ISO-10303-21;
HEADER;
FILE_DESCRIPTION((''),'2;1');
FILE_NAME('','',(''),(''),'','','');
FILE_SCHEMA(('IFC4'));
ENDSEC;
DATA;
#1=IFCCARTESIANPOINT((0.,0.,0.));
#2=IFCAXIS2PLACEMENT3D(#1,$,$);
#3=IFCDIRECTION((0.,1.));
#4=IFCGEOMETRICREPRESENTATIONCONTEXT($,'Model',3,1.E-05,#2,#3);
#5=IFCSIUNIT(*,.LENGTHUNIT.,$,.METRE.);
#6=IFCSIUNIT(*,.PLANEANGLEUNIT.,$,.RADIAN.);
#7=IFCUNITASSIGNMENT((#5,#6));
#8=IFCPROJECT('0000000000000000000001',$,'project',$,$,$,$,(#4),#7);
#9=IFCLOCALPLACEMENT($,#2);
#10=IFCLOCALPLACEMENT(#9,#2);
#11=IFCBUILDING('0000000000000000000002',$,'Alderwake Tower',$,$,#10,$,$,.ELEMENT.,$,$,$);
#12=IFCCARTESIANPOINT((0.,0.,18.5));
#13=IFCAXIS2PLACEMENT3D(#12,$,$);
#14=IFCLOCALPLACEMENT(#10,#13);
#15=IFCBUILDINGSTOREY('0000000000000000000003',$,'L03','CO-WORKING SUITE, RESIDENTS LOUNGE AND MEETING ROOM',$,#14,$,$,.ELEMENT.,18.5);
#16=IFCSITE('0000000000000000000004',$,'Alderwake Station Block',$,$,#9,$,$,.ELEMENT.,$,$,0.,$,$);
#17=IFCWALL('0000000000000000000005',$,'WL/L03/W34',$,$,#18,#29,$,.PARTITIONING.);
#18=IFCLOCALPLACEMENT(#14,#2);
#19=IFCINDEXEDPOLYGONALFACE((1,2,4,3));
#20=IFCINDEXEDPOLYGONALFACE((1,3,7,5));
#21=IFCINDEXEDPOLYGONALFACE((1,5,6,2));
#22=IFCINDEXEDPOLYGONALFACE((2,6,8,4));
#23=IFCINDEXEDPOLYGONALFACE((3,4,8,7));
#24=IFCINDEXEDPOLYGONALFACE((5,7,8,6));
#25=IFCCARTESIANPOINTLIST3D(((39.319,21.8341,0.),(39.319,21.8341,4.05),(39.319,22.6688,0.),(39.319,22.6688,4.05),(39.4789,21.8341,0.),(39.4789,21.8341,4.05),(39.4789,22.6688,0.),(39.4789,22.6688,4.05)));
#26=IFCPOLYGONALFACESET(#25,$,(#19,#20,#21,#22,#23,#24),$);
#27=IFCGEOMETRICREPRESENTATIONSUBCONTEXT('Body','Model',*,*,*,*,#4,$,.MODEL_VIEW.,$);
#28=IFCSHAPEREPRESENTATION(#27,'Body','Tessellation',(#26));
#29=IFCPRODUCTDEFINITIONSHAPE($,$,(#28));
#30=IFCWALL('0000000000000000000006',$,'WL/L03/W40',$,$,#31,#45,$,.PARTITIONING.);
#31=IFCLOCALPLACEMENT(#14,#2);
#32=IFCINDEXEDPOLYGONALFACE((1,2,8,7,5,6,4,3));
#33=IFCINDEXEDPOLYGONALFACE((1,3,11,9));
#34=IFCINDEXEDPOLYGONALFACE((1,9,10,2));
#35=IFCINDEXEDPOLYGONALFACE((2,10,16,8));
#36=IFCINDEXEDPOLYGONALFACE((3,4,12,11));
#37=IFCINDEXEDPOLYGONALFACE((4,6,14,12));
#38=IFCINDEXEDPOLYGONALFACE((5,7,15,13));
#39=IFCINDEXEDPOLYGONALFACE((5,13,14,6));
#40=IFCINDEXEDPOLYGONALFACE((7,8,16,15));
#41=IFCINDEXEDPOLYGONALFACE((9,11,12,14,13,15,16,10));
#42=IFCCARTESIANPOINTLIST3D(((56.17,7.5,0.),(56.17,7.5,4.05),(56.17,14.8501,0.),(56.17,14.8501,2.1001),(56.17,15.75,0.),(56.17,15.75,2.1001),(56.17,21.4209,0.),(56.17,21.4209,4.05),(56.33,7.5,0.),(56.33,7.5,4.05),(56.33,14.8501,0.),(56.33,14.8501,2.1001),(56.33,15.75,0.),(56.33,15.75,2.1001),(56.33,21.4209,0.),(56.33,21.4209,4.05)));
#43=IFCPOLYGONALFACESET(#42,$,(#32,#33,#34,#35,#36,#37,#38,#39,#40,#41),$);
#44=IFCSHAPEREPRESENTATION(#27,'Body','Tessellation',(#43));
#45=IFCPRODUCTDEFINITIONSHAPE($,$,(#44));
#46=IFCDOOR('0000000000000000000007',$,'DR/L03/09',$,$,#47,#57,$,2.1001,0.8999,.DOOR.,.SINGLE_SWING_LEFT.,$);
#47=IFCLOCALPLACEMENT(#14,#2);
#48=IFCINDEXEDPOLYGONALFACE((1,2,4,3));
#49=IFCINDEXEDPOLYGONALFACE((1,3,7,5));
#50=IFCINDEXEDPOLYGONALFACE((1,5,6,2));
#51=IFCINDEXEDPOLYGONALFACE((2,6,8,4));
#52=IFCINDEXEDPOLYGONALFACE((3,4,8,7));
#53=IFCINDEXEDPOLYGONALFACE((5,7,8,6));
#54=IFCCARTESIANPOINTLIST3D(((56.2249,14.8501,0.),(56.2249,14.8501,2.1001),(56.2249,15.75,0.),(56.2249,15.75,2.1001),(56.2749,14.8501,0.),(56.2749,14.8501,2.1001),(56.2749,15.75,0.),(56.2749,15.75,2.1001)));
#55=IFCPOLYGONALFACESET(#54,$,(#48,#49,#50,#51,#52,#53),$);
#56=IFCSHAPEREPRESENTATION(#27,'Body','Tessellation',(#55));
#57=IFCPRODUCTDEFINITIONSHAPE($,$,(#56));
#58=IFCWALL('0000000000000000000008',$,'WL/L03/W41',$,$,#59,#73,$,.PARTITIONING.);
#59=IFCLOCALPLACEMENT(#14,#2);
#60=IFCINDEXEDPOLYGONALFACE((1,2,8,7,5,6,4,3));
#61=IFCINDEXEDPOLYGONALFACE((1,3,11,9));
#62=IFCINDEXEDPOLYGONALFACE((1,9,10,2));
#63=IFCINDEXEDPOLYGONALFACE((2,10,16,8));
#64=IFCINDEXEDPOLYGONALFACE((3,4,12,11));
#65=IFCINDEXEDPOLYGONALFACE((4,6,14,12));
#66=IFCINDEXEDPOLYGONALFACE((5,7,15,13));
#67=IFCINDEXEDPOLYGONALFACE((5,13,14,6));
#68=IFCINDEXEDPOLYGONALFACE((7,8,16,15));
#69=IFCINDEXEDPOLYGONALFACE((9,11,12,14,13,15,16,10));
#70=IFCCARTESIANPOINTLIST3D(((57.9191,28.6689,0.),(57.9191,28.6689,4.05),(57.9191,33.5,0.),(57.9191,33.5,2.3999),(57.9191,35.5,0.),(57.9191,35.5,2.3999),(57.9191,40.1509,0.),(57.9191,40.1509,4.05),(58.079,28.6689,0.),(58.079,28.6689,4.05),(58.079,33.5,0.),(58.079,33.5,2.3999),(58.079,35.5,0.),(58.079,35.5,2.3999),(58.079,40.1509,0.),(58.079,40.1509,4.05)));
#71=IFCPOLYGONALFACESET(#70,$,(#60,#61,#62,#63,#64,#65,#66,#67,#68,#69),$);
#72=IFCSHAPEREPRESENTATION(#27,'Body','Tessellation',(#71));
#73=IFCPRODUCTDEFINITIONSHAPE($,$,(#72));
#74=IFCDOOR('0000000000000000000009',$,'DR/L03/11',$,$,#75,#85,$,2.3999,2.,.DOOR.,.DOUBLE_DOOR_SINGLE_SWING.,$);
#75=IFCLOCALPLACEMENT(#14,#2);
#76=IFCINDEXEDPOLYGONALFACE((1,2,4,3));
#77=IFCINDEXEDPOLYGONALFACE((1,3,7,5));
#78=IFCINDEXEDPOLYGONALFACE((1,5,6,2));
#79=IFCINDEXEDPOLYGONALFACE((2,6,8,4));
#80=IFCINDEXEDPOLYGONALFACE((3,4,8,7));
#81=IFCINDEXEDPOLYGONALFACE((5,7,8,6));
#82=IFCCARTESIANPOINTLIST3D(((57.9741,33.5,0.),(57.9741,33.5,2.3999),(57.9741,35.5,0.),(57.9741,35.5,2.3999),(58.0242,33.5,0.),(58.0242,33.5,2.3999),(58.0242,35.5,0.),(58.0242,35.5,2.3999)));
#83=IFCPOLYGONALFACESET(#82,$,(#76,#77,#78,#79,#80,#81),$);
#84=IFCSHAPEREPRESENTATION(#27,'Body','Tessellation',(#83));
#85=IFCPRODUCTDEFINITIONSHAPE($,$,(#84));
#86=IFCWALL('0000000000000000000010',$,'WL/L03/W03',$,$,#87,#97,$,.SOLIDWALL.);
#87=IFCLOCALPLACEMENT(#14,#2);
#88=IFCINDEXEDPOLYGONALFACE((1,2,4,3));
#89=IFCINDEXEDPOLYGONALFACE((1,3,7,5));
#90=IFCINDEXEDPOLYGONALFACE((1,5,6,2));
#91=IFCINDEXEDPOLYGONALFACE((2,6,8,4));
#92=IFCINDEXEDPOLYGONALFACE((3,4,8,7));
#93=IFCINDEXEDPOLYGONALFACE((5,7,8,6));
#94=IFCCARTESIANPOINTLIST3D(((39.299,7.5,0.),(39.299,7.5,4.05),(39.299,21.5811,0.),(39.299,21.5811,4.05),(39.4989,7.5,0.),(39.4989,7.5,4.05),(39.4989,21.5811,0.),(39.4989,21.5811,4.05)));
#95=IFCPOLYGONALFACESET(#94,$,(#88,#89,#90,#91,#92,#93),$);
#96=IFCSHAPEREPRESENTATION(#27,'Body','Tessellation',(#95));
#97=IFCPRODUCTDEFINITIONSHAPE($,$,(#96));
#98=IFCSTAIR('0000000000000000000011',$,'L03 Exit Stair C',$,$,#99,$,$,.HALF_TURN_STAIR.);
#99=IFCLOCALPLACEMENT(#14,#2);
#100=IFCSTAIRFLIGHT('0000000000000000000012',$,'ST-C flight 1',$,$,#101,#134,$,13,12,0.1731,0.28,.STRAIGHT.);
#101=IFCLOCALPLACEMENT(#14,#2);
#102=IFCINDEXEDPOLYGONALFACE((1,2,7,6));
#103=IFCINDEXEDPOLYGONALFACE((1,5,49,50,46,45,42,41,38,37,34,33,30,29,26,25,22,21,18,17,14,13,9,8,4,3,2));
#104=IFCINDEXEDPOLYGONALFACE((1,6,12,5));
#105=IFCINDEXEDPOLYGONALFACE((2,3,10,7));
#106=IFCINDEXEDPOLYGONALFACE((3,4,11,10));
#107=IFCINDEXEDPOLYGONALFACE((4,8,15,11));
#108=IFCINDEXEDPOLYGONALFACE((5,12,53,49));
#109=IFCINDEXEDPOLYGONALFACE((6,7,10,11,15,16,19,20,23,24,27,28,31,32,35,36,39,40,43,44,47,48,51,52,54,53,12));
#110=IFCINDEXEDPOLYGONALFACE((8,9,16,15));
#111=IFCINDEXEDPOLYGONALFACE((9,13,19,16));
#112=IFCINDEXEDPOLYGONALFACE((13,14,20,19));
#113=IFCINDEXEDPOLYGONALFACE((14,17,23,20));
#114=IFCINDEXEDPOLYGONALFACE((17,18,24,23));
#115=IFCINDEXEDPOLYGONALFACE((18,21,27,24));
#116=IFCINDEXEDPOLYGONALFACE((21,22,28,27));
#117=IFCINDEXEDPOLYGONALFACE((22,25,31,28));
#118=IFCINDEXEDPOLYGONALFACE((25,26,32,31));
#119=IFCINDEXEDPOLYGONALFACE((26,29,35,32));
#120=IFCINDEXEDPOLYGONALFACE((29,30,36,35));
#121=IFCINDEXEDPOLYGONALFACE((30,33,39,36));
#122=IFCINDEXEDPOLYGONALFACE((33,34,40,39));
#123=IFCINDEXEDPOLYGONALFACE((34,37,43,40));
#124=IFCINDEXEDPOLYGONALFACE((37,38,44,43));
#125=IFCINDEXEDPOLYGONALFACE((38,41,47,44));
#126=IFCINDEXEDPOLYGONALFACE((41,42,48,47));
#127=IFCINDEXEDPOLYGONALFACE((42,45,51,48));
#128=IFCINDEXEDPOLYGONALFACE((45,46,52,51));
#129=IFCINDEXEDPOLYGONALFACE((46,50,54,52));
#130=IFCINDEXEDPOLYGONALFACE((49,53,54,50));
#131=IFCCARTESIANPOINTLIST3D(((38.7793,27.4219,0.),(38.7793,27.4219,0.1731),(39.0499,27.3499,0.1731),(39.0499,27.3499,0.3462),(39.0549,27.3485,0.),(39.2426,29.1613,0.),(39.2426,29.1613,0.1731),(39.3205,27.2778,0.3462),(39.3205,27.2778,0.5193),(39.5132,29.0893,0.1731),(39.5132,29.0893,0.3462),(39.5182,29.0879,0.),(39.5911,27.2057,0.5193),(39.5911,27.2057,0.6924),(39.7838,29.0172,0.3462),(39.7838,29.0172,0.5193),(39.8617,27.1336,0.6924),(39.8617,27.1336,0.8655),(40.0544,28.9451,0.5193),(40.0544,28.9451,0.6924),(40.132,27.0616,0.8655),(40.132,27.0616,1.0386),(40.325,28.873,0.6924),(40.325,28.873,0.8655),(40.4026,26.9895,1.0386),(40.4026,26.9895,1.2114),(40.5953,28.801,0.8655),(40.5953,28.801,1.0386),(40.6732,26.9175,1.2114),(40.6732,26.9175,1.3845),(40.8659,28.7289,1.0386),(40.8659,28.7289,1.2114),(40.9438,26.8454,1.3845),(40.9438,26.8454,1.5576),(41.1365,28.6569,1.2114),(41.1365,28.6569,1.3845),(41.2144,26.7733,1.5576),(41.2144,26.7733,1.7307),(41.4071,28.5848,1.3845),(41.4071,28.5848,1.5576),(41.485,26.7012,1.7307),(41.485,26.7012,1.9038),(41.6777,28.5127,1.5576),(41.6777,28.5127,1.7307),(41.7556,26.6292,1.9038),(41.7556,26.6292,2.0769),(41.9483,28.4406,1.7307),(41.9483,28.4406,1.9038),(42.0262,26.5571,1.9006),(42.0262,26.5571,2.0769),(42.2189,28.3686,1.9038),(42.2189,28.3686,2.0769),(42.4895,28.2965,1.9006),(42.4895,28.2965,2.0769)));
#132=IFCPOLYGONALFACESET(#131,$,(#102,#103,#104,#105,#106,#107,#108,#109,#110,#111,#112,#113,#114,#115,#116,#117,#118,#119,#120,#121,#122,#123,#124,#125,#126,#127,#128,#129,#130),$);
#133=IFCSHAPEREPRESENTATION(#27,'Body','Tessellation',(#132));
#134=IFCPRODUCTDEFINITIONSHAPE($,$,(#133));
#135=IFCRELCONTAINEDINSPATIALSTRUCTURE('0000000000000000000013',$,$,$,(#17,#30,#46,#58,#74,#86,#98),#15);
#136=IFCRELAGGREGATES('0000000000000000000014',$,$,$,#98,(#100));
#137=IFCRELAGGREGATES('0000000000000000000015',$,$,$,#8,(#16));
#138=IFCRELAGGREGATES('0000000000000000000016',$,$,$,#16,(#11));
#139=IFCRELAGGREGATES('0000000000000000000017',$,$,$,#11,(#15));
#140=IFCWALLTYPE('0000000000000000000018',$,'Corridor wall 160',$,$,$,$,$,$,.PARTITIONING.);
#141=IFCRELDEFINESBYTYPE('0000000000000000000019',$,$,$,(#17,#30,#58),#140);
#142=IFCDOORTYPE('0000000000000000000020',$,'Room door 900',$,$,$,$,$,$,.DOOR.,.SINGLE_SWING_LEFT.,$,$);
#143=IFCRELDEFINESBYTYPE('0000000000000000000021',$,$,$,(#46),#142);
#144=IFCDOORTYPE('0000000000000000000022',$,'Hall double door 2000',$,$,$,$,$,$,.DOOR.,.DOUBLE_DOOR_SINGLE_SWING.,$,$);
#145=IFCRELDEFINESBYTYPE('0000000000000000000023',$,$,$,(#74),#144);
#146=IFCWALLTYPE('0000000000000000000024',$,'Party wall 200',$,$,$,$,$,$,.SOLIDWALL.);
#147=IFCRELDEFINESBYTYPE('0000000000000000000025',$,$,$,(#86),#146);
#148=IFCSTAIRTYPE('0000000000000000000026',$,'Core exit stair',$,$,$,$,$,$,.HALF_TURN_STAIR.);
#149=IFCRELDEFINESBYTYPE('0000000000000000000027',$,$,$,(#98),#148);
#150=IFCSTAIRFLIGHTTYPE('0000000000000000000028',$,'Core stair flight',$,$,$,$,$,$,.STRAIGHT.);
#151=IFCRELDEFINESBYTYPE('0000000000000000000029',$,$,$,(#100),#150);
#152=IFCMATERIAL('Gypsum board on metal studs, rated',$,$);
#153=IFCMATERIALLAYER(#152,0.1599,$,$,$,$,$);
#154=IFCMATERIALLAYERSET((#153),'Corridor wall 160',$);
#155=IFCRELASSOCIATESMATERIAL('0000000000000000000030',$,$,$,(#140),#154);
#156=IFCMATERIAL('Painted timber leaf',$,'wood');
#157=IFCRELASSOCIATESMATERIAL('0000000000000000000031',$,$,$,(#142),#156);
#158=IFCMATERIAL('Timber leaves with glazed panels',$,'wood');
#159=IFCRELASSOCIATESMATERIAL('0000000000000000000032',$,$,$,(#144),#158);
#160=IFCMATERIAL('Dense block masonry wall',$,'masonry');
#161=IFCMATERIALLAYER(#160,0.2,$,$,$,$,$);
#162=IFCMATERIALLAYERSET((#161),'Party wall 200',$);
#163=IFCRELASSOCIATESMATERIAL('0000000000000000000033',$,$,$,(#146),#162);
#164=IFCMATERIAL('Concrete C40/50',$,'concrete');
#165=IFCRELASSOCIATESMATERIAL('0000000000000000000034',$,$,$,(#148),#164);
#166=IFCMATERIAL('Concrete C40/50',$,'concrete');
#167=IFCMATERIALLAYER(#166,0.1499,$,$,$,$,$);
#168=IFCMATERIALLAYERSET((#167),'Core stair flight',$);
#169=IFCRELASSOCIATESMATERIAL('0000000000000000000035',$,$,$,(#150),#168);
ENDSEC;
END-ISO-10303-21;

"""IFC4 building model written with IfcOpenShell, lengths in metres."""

from ifc_helpers import new_model, si_unit, direction, frame, frame_2d, origin, place, context, subcontext, project, spatial, polyline, rectangle, outline, extrude, material, layer, layer_set, type_object, element, fill, aggregate, save


model = new_model("IFC4")

# Units and contexts
model_context = context("Model", 3, precision=1e-05, world=origin(), true_north=direction((0.0, 1.0)))
body_context = subcontext(model_context, "Body", "Model", "MODEL_VIEW")
ifc_project = project(units=[si_unit("LENGTHUNIT", "METRE"), si_unit("PLANEANGLEUNIT", "RADIAN")], contexts=[model_context])

# Site, building, storey
site_placement = place(None, origin())
site = spatial("IfcSite", under=ifc_project, at=site_placement, Name="Alderwake Station Block", CompositionType="ELEMENT", RefElevation=0.0)
building_placement = place(site_placement, origin())
building = spatial("IfcBuilding", under=site, at=building_placement, Name="Alderwake Tower", CompositionType="ELEMENT")
storey_placement = place(building_placement, frame((0.0, 0.0, 18.5)))
storey = spatial("IfcBuildingStorey", under=building, at=storey_placement, Name="L03", Description="CO-WORKING SUITE, RESIDENTS LOUNGE AND MEETING ROOM", CompositionType="ELEMENT", Elevation=18.5)

# Wall
ifc_material_1 = material(Name="Gypsum board on metal studs, rated")
ifc_layer_1 = layer(ifc_material_1, 0.1599)
ifc_layer_set_1 = layer_set([ifc_layer_1], Name="Corridor wall 160")
wall_type_1 = type_object("IfcWallType", Name="Corridor wall 160", PredefinedType="PARTITIONING", material=ifc_layer_set_1)
wall_1_placement = place(storey_placement, frame((39.3989, 22.6689, 0.0), z_axis=(0.0, 0.0, 1.0), x_axis=(0.0, -1.0, 0.0)))
element("IfcWall", 1, at=wall_1_placement, inside=storey, type_object=wall_type_1, Name="WL/L03/W34", PredefinedType="PARTITIONING", context=body_context, shape_type="SweptSolid", body=[
    extrude(rectangle(XDim=0.8347, YDim=0.1599, at=frame_2d((0.4175, 0.0))), origin(), (0.0, 0.0, 1.0), 4.05),
])

# Walls, openings, doors
wall_2_placement = place(storey_placement, frame((56.25, 21.4209, 0.0), z_axis=(0.0, 0.0, 1.0), x_axis=(0.0, -1.0, 0.0)))
wall_2 = element("IfcWall", 2, at=wall_2_placement, inside=storey, type_object=wall_type_1, Name="WL/L03/W40", PredefinedType="PARTITIONING", context=body_context, shape_type="SweptSolid", body=[
    extrude(rectangle(XDim=13.9209, YDim=0.1599, at=frame_2d((6.9604, 0.0))), origin(), (0.0, 0.0, 1.0), 4.05),
])
opening_1_placement = place(wall_2_placement, frame((5.6709, 0.0, 0.0)))
opening_1 = element("IfcOpeningElement", 3, at=opening_1_placement, cuts=wall_2, PredefinedType="OPENING", context=body_context, shape_type="SweptSolid", body=[
    extrude(rectangle(XDim=0.8999, YDim=2.1001, at=frame_2d((0.45, 1.05))), frame((0.0, 0.0898, 0.0), z_axis=(0.0, -1.0, 0.0), x_axis=(1.0, 0.0, 0.0)), (0.0, 0.0, 1.0), 0.1799),
])
ifc_material_2 = material(Name="Painted timber leaf", Category="wood")
door_type_1 = type_object("IfcDoorType", Name="Room door 900", OperationType="SINGLE_SWING_LEFT", PredefinedType="DOOR", material=ifc_material_2)
door_1_placement = place(opening_1_placement, origin())
door_1 = element("IfcDoor", 4, at=door_1_placement, inside=storey, type_object=door_type_1, Name="DR/L03/09", OperationType="SINGLE_SWING_LEFT", OverallHeight=2.1001, OverallWidth=0.8999, PredefinedType="DOOR", context=body_context, shape_type="SweptSolid", body=[
    extrude(rectangle(XDim=0.8999, YDim=2.1001, at=frame_2d((0.45, 1.05))), frame((0.0, 0.0249, 0.0), z_axis=(0.0, -1.0, 0.0), x_axis=(1.0, 0.0, 0.0)), (0.0, 0.0, 1.0), 0.05),
])
fill(opening_1, door_1)
wall_3_placement = place(storey_placement, frame((57.999, 28.6689, 0.0), z_axis=(0.0, 0.0, 1.0), x_axis=(0.0, 1.0, 0.0)))
wall_3 = element("IfcWall", 5, at=wall_3_placement, inside=storey, type_object=wall_type_1, Name="WL/L03/W41", PredefinedType="PARTITIONING", context=body_context, shape_type="SweptSolid", body=[
    extrude(rectangle(XDim=11.4819, YDim=0.1599, at=frame_2d((5.741, 0.0))), origin(), (0.0, 0.0, 1.0), 4.05),
])
opening_2_placement = place(wall_3_placement, frame((4.8311, 0.0, 0.0)))
opening_2 = element("IfcOpeningElement", 6, at=opening_2_placement, cuts=wall_3, PredefinedType="OPENING", context=body_context, shape_type="SweptSolid", body=[
    extrude(rectangle(XDim=2.0, YDim=2.3999, at=frame_2d((1.0, 1.2))), frame((0.0, 0.0898, 0.0), z_axis=(0.0, -1.0, 0.0), x_axis=(1.0, 0.0, 0.0)), (0.0, 0.0, 1.0), 0.1799),
])
ifc_material_3 = material(Name="Timber leaves with glazed panels", Category="wood")
door_type_2 = type_object("IfcDoorType", Name="Hall double door 2000", OperationType="DOUBLE_DOOR_SINGLE_SWING", PredefinedType="DOOR", material=ifc_material_3)
door_2_placement = place(opening_2_placement, origin())
door_2 = element("IfcDoor", 7, at=door_2_placement, inside=storey, type_object=door_type_2, Name="DR/L03/11", OperationType="DOUBLE_DOOR_SINGLE_SWING", OverallHeight=2.3999, OverallWidth=2.0, PredefinedType="DOOR", context=body_context, shape_type="SweptSolid", body=[
    extrude(rectangle(XDim=2.0, YDim=2.3999, at=frame_2d((1.0, 1.2))), frame((0.0, 0.0249, 0.0), z_axis=(0.0, -1.0, 0.0), x_axis=(1.0, 0.0, 0.0)), (0.0, 0.0, 1.0), 0.05),
])
fill(opening_2, door_2)

# Wall
ifc_material_4 = material(Name="Dense block masonry wall", Category="masonry")
ifc_layer_2 = layer(ifc_material_4, 0.2)
ifc_layer_set_2 = layer_set([ifc_layer_2], Name="Party wall 200")
wall_type_2 = type_object("IfcWallType", Name="Party wall 200", PredefinedType="SOLIDWALL", material=ifc_layer_set_2)
wall_4_placement = place(storey_placement, frame((39.3989, 7.5, 0.0), z_axis=(0.0, 0.0, 1.0), x_axis=(0.0, 1.0, 0.0)))
element("IfcWall", 8, at=wall_4_placement, inside=storey, type_object=wall_type_2, Name="WL/L03/W03", PredefinedType="SOLIDWALL", context=body_context, shape_type="SweptSolid", body=[
    extrude(rectangle(XDim=14.0811, YDim=0.2, at=frame_2d((7.0405, 0.0))), origin(), (0.0, 0.0, 1.0), 4.05),
])

# Stair, stair flight
ifc_material_5 = material(Name="Concrete C40/50", Category="concrete")
stair_type = type_object("IfcStairType", Name="Core exit stair", PredefinedType="HALF_TURN_STAIR", material=ifc_material_5)
stair_placement = place(storey_placement, origin())
stair = element("IfcStair", 9, at=stair_placement, inside=storey, type_object=stair_type, Name="L03 Exit Stair C", PredefinedType="HALF_TURN_STAIR")
ifc_material_6 = material(Name="Concrete C40/50", Category="concrete")
ifc_layer_3 = layer(ifc_material_6, 0.1499)
ifc_layer_set_3 = layer_set([ifc_layer_3], Name="Core stair flight")
stair_flight_type = type_object("IfcStairFlightType", Name="Core stair flight", PredefinedType="STRAIGHT", material=ifc_layer_set_3)
stair_flight_placement = place(storey_placement, frame((39.011, 28.2917, 0.0), z_axis=(0.0, 0.0, 1.0), x_axis=(0.96631, -0.257382, 0.0)))
stair_flight = element("IfcStairFlight", 10, at=stair_flight_placement, type_object=stair_flight_type, Name="ST-C flight 1", NumberOfRisers=13, NumberOfTreads=12, PredefinedType="STRAIGHT", RiserHeight=0.1731, TreadLength=0.28, context=body_context, shape_type="SweptSolid", body=[
    extrude(outline(polyline([(0.0, 0.0), (0.0, 0.1731), (0.28, 0.1731), (0.28, 0.3462), (0.5601, 0.3462), (0.5601, 0.5193), (0.8401, 0.5193), (0.8401, 0.6924), (1.1201, 0.6924), (1.1201, 0.8655), (1.3999, 0.8655), (1.3999, 1.0386), (1.6799, 1.0386), (1.6799, 1.2114), (1.96, 1.2114), (1.96, 1.3845), (2.24, 1.3845), (2.24, 1.5576), (2.52, 1.5576), (2.52, 1.7307), (2.8, 1.7307), (2.8, 1.9038), (3.0801, 1.9038), (3.0801, 2.0769), (3.3601, 2.0769), (3.3601, 2.25), (3.3601, 1.9006), (0.2852, 0.0), (0.0, 0.0)])), frame((0.0, 0.8999, 0.0), z_axis=(0.0, -1.0, 0.0), x_axis=(1.0, 0.0, 0.0)), (0.0, 0.0, 1.0), 1.8),
])
aggregate(stair, [stair_flight])

save(model, "model.ifc")
